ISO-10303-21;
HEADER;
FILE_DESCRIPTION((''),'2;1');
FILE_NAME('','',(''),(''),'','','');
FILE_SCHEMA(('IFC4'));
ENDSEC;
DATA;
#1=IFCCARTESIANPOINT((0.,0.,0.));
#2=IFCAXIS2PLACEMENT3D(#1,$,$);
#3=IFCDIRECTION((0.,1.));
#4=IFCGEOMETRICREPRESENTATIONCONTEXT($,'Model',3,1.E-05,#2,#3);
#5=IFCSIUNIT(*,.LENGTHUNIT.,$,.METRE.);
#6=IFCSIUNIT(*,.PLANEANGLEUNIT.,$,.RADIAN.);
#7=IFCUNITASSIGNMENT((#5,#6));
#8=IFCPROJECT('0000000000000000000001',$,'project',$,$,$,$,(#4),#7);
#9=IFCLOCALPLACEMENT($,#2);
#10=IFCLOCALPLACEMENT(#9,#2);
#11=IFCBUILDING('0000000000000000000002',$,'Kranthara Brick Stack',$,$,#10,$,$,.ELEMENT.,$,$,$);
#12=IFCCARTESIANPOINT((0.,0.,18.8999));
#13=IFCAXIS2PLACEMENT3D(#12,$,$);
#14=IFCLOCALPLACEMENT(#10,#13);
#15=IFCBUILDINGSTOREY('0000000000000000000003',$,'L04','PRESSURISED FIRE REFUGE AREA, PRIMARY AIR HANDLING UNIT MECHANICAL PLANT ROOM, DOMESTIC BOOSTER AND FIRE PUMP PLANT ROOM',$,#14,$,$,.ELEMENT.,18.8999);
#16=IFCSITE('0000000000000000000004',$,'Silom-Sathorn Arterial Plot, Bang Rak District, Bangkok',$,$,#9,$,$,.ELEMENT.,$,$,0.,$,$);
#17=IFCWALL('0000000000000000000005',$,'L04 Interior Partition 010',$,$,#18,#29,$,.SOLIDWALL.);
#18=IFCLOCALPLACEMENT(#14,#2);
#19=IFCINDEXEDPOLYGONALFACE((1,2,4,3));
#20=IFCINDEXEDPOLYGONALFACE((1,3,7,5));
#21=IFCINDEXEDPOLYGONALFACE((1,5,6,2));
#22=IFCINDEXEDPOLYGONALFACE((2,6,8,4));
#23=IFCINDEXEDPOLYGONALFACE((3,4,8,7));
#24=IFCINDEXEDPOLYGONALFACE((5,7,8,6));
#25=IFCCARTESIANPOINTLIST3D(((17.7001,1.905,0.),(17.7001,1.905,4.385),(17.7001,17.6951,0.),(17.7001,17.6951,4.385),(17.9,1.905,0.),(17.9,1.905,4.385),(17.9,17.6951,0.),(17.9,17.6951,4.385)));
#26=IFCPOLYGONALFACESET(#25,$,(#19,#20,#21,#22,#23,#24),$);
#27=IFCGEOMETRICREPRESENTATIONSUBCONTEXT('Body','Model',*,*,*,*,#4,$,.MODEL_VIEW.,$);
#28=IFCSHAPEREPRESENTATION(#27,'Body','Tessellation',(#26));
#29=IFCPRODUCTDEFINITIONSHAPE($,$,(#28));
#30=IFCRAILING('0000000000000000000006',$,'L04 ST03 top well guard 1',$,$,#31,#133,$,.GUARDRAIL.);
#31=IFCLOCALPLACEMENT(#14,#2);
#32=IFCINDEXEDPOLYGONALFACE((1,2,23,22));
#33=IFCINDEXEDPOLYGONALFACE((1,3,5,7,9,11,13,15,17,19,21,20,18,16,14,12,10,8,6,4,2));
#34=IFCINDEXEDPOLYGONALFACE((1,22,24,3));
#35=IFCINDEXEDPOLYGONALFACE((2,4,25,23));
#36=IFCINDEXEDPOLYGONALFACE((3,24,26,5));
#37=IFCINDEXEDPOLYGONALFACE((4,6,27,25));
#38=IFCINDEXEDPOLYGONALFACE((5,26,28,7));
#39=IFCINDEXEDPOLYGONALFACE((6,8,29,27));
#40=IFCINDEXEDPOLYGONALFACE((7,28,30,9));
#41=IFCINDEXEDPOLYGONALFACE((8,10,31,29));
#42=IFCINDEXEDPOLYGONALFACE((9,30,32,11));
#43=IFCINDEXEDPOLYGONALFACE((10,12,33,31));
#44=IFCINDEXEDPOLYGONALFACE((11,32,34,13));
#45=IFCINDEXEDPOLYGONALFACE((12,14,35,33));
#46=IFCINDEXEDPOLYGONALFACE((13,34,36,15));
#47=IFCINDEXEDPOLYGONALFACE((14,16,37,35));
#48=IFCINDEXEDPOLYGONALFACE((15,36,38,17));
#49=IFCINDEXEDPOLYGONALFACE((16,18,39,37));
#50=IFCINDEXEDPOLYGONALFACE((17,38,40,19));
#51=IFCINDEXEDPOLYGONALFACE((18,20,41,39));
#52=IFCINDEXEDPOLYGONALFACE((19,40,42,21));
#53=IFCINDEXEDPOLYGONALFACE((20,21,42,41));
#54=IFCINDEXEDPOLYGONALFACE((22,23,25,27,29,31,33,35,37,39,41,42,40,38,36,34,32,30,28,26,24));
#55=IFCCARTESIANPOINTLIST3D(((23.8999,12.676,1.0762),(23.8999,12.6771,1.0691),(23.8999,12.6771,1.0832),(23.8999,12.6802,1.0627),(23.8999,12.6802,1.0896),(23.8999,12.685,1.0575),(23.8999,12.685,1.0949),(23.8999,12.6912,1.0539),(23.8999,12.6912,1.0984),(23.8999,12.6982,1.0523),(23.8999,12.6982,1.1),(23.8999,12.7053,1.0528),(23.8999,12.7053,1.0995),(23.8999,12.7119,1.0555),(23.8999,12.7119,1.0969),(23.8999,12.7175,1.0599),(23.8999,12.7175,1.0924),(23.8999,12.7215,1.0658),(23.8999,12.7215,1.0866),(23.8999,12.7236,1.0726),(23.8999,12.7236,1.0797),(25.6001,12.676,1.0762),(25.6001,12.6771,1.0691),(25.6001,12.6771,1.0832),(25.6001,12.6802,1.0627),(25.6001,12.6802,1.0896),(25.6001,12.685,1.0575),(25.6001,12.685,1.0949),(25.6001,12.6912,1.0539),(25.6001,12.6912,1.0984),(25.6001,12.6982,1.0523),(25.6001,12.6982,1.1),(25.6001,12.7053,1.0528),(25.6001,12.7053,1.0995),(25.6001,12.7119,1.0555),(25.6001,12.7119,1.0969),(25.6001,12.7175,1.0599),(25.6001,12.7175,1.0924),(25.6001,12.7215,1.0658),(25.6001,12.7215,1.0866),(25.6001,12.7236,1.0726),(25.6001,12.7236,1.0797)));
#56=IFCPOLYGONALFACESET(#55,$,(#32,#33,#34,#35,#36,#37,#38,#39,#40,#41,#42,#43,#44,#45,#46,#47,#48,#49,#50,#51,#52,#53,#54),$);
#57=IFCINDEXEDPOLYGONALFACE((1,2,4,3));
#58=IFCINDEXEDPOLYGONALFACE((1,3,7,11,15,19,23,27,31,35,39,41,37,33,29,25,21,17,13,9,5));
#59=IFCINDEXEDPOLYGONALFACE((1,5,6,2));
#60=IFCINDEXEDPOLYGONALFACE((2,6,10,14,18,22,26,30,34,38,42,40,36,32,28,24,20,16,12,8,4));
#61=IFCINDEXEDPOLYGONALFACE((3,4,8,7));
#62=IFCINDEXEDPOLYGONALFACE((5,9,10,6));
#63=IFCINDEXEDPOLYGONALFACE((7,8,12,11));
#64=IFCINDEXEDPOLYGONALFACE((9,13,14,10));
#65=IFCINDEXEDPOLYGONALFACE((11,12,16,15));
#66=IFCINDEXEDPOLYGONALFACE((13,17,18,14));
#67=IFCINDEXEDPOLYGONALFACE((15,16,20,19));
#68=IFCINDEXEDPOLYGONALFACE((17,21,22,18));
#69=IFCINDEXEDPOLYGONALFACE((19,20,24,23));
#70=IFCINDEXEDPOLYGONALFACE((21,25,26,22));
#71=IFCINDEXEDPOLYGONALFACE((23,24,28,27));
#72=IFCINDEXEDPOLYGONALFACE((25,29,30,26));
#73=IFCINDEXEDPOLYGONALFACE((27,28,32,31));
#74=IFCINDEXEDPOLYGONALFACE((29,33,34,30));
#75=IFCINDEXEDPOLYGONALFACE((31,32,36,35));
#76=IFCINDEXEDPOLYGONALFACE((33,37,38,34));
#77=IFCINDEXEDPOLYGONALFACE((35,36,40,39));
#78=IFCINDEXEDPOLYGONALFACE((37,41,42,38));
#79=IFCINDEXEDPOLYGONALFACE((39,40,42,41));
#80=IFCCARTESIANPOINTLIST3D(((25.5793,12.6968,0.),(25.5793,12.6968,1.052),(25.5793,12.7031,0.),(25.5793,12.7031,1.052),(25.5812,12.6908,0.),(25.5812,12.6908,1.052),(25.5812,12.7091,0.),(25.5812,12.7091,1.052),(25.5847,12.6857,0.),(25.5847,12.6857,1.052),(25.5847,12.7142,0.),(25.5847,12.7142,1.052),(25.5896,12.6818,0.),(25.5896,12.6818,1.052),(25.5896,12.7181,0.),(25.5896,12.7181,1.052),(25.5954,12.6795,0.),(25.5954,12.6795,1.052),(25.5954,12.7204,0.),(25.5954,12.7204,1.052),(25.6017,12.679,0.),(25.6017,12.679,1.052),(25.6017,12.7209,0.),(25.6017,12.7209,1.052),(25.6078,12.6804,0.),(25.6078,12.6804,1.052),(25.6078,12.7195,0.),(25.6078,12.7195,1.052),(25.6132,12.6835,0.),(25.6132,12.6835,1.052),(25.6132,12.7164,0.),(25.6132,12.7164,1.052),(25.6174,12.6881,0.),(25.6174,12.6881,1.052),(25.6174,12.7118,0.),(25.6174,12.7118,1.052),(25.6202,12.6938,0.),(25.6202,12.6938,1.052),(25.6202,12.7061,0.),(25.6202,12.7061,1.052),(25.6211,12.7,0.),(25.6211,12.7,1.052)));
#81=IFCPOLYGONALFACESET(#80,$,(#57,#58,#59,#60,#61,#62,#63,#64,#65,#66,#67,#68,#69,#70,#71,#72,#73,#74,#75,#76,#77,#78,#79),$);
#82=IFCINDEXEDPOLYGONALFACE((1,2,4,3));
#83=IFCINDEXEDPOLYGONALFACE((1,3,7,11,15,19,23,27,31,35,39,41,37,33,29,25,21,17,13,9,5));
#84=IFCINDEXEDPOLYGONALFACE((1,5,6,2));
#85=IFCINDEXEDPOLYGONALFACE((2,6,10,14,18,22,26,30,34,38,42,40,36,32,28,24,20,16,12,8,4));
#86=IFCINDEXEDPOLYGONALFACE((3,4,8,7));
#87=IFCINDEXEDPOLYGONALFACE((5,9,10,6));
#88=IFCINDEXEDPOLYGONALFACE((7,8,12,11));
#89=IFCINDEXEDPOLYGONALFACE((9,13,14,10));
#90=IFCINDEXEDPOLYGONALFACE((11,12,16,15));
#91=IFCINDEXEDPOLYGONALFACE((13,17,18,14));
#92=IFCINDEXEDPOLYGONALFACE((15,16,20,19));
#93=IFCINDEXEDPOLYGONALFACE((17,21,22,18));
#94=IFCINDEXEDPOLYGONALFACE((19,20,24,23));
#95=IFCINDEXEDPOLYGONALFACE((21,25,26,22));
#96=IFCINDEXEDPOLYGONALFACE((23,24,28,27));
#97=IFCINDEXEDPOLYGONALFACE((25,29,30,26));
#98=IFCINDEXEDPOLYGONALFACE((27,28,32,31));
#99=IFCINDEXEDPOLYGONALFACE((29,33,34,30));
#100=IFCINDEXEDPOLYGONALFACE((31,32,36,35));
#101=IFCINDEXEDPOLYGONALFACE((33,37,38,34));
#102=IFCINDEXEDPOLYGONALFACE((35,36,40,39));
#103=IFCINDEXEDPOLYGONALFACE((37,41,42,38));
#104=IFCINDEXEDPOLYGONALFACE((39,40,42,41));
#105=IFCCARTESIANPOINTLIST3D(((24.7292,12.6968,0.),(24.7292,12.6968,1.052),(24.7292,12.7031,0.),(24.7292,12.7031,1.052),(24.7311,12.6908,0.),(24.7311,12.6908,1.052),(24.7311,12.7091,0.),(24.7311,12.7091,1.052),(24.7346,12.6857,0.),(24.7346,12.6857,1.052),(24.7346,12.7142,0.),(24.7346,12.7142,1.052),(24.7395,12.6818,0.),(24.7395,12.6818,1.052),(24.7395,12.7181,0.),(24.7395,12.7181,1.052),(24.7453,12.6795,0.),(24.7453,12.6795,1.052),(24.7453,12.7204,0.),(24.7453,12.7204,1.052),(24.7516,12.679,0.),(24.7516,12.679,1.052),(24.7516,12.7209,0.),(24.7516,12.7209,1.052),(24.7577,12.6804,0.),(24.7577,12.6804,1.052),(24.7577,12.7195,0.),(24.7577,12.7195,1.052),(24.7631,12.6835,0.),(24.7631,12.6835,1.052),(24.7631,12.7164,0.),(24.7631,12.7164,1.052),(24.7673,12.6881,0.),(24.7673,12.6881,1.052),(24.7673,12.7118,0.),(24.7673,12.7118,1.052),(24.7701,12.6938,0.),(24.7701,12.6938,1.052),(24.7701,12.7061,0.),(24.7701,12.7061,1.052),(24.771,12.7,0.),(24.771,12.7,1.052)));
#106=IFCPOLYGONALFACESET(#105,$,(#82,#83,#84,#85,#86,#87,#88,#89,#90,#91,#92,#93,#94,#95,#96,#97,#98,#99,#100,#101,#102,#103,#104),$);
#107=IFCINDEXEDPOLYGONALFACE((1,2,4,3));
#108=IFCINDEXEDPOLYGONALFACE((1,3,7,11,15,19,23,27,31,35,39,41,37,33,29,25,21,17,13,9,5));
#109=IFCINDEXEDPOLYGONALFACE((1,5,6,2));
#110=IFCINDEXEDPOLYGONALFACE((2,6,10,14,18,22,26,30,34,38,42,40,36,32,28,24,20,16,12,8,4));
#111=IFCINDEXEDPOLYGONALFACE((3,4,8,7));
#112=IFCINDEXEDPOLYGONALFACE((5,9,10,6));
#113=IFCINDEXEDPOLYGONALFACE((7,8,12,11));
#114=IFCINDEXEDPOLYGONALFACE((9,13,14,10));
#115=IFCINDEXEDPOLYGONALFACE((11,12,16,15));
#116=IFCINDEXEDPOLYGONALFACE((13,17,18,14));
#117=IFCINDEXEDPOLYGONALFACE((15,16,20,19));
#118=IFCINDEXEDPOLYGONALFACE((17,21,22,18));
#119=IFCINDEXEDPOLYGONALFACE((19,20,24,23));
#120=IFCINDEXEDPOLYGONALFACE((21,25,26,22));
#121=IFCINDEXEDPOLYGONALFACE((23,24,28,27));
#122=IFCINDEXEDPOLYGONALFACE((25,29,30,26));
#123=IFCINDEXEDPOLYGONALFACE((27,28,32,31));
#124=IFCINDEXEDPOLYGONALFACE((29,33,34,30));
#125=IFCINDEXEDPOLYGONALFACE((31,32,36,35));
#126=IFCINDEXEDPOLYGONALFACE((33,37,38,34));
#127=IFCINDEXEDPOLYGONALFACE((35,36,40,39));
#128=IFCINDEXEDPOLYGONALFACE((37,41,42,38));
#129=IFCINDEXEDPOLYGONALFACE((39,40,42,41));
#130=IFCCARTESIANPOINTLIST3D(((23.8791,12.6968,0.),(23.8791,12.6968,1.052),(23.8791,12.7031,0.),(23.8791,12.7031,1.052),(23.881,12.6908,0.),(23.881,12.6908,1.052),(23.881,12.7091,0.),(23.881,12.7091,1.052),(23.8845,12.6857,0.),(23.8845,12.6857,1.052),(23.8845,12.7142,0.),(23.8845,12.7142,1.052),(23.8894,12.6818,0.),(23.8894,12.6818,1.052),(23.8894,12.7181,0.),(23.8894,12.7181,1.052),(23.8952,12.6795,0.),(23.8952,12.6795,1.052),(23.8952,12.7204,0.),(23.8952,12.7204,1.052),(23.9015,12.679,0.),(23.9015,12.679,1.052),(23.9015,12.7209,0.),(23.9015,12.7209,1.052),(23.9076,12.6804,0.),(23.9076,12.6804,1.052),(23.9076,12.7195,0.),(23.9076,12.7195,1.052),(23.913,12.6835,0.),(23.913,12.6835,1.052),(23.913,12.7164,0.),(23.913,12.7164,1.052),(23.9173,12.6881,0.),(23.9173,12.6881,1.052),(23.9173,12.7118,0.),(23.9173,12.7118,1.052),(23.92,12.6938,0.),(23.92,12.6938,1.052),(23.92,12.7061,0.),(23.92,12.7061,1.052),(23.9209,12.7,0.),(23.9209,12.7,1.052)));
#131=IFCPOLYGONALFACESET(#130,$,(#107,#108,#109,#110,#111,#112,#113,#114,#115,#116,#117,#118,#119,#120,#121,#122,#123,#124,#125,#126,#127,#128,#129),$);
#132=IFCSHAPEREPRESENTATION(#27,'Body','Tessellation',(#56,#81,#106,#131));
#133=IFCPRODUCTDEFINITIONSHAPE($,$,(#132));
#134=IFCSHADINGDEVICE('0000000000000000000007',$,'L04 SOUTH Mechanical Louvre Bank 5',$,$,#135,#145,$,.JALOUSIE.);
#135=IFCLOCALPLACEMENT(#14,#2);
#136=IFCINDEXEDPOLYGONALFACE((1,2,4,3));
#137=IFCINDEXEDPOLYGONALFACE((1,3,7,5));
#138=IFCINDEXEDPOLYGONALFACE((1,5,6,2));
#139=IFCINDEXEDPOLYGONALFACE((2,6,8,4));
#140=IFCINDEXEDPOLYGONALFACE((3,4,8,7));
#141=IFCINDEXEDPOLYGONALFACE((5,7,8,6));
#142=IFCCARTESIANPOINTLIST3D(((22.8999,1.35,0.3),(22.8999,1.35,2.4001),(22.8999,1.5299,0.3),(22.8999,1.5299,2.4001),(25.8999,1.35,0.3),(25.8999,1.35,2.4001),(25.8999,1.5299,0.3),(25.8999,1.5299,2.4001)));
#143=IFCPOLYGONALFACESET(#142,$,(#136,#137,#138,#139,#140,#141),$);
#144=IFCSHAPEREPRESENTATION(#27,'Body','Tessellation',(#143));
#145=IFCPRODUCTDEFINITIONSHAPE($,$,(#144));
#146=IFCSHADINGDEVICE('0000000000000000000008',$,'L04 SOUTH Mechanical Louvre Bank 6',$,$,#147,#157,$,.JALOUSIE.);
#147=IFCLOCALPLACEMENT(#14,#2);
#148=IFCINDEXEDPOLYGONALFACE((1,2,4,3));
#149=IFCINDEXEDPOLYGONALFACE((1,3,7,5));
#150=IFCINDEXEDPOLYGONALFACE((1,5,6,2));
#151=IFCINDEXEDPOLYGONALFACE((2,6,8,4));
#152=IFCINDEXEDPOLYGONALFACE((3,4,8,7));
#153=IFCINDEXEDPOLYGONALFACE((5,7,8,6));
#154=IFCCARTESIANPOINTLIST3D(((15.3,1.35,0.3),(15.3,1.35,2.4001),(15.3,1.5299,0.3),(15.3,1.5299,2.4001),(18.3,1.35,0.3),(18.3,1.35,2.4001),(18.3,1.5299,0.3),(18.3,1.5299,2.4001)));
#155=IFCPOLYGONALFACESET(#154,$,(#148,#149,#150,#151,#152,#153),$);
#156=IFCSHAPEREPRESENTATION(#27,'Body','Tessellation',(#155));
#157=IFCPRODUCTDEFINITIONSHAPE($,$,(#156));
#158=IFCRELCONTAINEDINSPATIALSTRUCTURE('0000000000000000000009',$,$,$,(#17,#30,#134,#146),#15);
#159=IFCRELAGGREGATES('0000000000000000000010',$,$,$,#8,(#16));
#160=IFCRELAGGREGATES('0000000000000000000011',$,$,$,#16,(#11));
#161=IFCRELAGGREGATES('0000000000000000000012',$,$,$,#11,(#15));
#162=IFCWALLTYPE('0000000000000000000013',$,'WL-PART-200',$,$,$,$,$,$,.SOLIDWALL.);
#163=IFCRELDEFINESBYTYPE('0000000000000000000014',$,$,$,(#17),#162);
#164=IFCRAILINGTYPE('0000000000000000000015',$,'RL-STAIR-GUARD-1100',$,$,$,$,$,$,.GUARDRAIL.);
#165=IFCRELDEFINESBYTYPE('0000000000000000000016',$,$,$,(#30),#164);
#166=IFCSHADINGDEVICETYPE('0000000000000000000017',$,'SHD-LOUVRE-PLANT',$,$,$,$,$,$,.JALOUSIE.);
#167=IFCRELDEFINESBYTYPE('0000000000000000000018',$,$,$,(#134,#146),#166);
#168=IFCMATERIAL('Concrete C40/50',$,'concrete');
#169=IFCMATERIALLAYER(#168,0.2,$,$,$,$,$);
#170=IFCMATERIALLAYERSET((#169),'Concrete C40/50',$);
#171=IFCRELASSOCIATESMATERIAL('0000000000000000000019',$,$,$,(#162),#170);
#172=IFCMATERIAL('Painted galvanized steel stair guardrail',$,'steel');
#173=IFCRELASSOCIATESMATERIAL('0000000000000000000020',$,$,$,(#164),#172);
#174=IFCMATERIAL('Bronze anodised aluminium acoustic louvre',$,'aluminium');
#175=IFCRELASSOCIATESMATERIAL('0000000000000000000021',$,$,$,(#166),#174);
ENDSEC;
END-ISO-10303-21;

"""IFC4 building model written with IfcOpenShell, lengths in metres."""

from ifc_helpers import new_model, si_unit, direction, frame, frame_2d, origin, origin_2d, place, context, subcontext, project, spatial, rectangle, circle, extrude, material, layer, layer_set, type_object, element, save


model = new_model("IFC4")

# Units and contexts
model_context = context("Model", 3, precision=1e-05, world=origin(), true_north=direction((0.0, 1.0)))
body_context = subcontext(model_context, "Body", "Model", "MODEL_VIEW")
ifc_project = project(units=[si_unit("LENGTHUNIT", "METRE"), si_unit("PLANEANGLEUNIT", "RADIAN")], contexts=[model_context])

# Site, building, storey
site_placement = place(None, origin())
site = spatial("IfcSite", under=ifc_project, at=site_placement, Name="Silom-Sathorn Arterial Plot, Bang Rak District, Bangkok", CompositionType="ELEMENT", RefElevation=0.0)
building_placement = place(site_placement, origin())
building = spatial("IfcBuilding", under=site, at=building_placement, Name="Kranthara Brick Stack", CompositionType="ELEMENT")
storey_placement = place(building_placement, frame((0.0, 0.0, 18.8999)))
storey = spatial("IfcBuildingStorey", under=building, at=storey_placement, Name="L04", Description="PRESSURISED FIRE REFUGE AREA, PRIMARY AIR HANDLING UNIT MECHANICAL PLANT ROOM, DOMESTIC BOOSTER AND FIRE PUMP PLANT ROOM", CompositionType="ELEMENT", Elevation=18.8999)

# Wall
ifc_material_1 = material(Name="Concrete C40/50", Category="concrete")
ifc_layer_1 = layer(ifc_material_1, 0.2)
ifc_layer_set_1 = layer_set([ifc_layer_1], Name="Concrete C40/50")
wall_type_1 = type_object("IfcWallType", Name="WL-PART-200", PredefinedType="SOLIDWALL", material=ifc_layer_set_1)
wall_1_placement = place(storey_placement, frame((17.8, 1.905, 0.0), z_axis=(0.0, 0.0, 1.0), x_axis=(0.0, 1.0, 0.0)))
element("IfcWall", 1, at=wall_1_placement, inside=storey, type_object=wall_type_1, Name="L04 Interior Partition 010", PredefinedType="SOLIDWALL", context=body_context, shape_type="SweptSolid", body=[
    extrude(rectangle(XDim=15.79, YDim=0.2, at=frame_2d((7.895, 0.0))), origin(), (0.0, 0.0, 1.0), 4.385),
])

# Railing
ifc_material_2 = material(Name="Painted galvanized steel stair guardrail", Category="steel")
railing_type = type_object("IfcRailingType", Name="RL-STAIR-GUARD-1100", PredefinedType="GUARDRAIL", material=ifc_material_2)
railing_placement = place(storey_placement, frame((25.6001, 12.7, 0.0)))
element("IfcRailing", 2, at=railing_placement, inside=storey, type_object=railing_type, Name="L04 ST03 top well guard 1", PredefinedType="GUARDRAIL", context=body_context, shape_type="SweptSolid", body=[
    extrude(circle(Radius=0.0239, at=origin_2d()), frame((0.0, 0.0, 1.0762), z_axis=(-1.0, 0.0, 0.0), x_axis=(0.0, -1.0, 0.0)), (0.0, 0.0, 1.0), 1.7002),
    extrude(circle(Radius=0.021, at=origin_2d()), origin(), (0.0, 0.0, 1.0), 1.052),
    extrude(circle(Radius=0.021, at=origin_2d()), frame((-0.8501, 0.0, 0.0)), (0.0, 0.0, 1.0), 1.052),
    extrude(circle(Radius=0.021, at=origin_2d()), frame((-1.7002, 0.0, 0.0)), (0.0, 0.0, 1.0), 1.052),
])

# Shading devices
ifc_material_3 = material(Name="Bronze anodised aluminium acoustic louvre", Category="aluminium")
shading_device_type = type_object("IfcShadingDeviceType", Name="SHD-LOUVRE-PLANT", PredefinedType="JALOUSIE", material=ifc_material_3)
for number, where, z_axis, x_axis, name in (
    (3, (24.3999, 1.4399, 0.3), (0.0, 0.0, 1.0), (-1.0, 0.0, 0.0), "L04 SOUTH Mechanical Louvre Bank 5"),
    (4, (16.8, 1.4399, 0.3), (0.0, 0.0, 1.0), (-1.0, 0.0, 0.0), "L04 SOUTH Mechanical Louvre Bank 6"),
):
    element("IfcShadingDevice", number, at=place(storey_placement, frame(where, z_axis=z_axis, x_axis=x_axis)), inside=storey, type_object=shading_device_type, Name=name, PredefinedType="JALOUSIE", context=body_context, shape_type="SweptSolid", body=[
        extrude(rectangle(XDim=3.0, YDim=0.1799, at=origin_2d()), origin(), (0.0, 0.0, 1.0), 2.1001),
    ])

save(model, "model.ifc")
